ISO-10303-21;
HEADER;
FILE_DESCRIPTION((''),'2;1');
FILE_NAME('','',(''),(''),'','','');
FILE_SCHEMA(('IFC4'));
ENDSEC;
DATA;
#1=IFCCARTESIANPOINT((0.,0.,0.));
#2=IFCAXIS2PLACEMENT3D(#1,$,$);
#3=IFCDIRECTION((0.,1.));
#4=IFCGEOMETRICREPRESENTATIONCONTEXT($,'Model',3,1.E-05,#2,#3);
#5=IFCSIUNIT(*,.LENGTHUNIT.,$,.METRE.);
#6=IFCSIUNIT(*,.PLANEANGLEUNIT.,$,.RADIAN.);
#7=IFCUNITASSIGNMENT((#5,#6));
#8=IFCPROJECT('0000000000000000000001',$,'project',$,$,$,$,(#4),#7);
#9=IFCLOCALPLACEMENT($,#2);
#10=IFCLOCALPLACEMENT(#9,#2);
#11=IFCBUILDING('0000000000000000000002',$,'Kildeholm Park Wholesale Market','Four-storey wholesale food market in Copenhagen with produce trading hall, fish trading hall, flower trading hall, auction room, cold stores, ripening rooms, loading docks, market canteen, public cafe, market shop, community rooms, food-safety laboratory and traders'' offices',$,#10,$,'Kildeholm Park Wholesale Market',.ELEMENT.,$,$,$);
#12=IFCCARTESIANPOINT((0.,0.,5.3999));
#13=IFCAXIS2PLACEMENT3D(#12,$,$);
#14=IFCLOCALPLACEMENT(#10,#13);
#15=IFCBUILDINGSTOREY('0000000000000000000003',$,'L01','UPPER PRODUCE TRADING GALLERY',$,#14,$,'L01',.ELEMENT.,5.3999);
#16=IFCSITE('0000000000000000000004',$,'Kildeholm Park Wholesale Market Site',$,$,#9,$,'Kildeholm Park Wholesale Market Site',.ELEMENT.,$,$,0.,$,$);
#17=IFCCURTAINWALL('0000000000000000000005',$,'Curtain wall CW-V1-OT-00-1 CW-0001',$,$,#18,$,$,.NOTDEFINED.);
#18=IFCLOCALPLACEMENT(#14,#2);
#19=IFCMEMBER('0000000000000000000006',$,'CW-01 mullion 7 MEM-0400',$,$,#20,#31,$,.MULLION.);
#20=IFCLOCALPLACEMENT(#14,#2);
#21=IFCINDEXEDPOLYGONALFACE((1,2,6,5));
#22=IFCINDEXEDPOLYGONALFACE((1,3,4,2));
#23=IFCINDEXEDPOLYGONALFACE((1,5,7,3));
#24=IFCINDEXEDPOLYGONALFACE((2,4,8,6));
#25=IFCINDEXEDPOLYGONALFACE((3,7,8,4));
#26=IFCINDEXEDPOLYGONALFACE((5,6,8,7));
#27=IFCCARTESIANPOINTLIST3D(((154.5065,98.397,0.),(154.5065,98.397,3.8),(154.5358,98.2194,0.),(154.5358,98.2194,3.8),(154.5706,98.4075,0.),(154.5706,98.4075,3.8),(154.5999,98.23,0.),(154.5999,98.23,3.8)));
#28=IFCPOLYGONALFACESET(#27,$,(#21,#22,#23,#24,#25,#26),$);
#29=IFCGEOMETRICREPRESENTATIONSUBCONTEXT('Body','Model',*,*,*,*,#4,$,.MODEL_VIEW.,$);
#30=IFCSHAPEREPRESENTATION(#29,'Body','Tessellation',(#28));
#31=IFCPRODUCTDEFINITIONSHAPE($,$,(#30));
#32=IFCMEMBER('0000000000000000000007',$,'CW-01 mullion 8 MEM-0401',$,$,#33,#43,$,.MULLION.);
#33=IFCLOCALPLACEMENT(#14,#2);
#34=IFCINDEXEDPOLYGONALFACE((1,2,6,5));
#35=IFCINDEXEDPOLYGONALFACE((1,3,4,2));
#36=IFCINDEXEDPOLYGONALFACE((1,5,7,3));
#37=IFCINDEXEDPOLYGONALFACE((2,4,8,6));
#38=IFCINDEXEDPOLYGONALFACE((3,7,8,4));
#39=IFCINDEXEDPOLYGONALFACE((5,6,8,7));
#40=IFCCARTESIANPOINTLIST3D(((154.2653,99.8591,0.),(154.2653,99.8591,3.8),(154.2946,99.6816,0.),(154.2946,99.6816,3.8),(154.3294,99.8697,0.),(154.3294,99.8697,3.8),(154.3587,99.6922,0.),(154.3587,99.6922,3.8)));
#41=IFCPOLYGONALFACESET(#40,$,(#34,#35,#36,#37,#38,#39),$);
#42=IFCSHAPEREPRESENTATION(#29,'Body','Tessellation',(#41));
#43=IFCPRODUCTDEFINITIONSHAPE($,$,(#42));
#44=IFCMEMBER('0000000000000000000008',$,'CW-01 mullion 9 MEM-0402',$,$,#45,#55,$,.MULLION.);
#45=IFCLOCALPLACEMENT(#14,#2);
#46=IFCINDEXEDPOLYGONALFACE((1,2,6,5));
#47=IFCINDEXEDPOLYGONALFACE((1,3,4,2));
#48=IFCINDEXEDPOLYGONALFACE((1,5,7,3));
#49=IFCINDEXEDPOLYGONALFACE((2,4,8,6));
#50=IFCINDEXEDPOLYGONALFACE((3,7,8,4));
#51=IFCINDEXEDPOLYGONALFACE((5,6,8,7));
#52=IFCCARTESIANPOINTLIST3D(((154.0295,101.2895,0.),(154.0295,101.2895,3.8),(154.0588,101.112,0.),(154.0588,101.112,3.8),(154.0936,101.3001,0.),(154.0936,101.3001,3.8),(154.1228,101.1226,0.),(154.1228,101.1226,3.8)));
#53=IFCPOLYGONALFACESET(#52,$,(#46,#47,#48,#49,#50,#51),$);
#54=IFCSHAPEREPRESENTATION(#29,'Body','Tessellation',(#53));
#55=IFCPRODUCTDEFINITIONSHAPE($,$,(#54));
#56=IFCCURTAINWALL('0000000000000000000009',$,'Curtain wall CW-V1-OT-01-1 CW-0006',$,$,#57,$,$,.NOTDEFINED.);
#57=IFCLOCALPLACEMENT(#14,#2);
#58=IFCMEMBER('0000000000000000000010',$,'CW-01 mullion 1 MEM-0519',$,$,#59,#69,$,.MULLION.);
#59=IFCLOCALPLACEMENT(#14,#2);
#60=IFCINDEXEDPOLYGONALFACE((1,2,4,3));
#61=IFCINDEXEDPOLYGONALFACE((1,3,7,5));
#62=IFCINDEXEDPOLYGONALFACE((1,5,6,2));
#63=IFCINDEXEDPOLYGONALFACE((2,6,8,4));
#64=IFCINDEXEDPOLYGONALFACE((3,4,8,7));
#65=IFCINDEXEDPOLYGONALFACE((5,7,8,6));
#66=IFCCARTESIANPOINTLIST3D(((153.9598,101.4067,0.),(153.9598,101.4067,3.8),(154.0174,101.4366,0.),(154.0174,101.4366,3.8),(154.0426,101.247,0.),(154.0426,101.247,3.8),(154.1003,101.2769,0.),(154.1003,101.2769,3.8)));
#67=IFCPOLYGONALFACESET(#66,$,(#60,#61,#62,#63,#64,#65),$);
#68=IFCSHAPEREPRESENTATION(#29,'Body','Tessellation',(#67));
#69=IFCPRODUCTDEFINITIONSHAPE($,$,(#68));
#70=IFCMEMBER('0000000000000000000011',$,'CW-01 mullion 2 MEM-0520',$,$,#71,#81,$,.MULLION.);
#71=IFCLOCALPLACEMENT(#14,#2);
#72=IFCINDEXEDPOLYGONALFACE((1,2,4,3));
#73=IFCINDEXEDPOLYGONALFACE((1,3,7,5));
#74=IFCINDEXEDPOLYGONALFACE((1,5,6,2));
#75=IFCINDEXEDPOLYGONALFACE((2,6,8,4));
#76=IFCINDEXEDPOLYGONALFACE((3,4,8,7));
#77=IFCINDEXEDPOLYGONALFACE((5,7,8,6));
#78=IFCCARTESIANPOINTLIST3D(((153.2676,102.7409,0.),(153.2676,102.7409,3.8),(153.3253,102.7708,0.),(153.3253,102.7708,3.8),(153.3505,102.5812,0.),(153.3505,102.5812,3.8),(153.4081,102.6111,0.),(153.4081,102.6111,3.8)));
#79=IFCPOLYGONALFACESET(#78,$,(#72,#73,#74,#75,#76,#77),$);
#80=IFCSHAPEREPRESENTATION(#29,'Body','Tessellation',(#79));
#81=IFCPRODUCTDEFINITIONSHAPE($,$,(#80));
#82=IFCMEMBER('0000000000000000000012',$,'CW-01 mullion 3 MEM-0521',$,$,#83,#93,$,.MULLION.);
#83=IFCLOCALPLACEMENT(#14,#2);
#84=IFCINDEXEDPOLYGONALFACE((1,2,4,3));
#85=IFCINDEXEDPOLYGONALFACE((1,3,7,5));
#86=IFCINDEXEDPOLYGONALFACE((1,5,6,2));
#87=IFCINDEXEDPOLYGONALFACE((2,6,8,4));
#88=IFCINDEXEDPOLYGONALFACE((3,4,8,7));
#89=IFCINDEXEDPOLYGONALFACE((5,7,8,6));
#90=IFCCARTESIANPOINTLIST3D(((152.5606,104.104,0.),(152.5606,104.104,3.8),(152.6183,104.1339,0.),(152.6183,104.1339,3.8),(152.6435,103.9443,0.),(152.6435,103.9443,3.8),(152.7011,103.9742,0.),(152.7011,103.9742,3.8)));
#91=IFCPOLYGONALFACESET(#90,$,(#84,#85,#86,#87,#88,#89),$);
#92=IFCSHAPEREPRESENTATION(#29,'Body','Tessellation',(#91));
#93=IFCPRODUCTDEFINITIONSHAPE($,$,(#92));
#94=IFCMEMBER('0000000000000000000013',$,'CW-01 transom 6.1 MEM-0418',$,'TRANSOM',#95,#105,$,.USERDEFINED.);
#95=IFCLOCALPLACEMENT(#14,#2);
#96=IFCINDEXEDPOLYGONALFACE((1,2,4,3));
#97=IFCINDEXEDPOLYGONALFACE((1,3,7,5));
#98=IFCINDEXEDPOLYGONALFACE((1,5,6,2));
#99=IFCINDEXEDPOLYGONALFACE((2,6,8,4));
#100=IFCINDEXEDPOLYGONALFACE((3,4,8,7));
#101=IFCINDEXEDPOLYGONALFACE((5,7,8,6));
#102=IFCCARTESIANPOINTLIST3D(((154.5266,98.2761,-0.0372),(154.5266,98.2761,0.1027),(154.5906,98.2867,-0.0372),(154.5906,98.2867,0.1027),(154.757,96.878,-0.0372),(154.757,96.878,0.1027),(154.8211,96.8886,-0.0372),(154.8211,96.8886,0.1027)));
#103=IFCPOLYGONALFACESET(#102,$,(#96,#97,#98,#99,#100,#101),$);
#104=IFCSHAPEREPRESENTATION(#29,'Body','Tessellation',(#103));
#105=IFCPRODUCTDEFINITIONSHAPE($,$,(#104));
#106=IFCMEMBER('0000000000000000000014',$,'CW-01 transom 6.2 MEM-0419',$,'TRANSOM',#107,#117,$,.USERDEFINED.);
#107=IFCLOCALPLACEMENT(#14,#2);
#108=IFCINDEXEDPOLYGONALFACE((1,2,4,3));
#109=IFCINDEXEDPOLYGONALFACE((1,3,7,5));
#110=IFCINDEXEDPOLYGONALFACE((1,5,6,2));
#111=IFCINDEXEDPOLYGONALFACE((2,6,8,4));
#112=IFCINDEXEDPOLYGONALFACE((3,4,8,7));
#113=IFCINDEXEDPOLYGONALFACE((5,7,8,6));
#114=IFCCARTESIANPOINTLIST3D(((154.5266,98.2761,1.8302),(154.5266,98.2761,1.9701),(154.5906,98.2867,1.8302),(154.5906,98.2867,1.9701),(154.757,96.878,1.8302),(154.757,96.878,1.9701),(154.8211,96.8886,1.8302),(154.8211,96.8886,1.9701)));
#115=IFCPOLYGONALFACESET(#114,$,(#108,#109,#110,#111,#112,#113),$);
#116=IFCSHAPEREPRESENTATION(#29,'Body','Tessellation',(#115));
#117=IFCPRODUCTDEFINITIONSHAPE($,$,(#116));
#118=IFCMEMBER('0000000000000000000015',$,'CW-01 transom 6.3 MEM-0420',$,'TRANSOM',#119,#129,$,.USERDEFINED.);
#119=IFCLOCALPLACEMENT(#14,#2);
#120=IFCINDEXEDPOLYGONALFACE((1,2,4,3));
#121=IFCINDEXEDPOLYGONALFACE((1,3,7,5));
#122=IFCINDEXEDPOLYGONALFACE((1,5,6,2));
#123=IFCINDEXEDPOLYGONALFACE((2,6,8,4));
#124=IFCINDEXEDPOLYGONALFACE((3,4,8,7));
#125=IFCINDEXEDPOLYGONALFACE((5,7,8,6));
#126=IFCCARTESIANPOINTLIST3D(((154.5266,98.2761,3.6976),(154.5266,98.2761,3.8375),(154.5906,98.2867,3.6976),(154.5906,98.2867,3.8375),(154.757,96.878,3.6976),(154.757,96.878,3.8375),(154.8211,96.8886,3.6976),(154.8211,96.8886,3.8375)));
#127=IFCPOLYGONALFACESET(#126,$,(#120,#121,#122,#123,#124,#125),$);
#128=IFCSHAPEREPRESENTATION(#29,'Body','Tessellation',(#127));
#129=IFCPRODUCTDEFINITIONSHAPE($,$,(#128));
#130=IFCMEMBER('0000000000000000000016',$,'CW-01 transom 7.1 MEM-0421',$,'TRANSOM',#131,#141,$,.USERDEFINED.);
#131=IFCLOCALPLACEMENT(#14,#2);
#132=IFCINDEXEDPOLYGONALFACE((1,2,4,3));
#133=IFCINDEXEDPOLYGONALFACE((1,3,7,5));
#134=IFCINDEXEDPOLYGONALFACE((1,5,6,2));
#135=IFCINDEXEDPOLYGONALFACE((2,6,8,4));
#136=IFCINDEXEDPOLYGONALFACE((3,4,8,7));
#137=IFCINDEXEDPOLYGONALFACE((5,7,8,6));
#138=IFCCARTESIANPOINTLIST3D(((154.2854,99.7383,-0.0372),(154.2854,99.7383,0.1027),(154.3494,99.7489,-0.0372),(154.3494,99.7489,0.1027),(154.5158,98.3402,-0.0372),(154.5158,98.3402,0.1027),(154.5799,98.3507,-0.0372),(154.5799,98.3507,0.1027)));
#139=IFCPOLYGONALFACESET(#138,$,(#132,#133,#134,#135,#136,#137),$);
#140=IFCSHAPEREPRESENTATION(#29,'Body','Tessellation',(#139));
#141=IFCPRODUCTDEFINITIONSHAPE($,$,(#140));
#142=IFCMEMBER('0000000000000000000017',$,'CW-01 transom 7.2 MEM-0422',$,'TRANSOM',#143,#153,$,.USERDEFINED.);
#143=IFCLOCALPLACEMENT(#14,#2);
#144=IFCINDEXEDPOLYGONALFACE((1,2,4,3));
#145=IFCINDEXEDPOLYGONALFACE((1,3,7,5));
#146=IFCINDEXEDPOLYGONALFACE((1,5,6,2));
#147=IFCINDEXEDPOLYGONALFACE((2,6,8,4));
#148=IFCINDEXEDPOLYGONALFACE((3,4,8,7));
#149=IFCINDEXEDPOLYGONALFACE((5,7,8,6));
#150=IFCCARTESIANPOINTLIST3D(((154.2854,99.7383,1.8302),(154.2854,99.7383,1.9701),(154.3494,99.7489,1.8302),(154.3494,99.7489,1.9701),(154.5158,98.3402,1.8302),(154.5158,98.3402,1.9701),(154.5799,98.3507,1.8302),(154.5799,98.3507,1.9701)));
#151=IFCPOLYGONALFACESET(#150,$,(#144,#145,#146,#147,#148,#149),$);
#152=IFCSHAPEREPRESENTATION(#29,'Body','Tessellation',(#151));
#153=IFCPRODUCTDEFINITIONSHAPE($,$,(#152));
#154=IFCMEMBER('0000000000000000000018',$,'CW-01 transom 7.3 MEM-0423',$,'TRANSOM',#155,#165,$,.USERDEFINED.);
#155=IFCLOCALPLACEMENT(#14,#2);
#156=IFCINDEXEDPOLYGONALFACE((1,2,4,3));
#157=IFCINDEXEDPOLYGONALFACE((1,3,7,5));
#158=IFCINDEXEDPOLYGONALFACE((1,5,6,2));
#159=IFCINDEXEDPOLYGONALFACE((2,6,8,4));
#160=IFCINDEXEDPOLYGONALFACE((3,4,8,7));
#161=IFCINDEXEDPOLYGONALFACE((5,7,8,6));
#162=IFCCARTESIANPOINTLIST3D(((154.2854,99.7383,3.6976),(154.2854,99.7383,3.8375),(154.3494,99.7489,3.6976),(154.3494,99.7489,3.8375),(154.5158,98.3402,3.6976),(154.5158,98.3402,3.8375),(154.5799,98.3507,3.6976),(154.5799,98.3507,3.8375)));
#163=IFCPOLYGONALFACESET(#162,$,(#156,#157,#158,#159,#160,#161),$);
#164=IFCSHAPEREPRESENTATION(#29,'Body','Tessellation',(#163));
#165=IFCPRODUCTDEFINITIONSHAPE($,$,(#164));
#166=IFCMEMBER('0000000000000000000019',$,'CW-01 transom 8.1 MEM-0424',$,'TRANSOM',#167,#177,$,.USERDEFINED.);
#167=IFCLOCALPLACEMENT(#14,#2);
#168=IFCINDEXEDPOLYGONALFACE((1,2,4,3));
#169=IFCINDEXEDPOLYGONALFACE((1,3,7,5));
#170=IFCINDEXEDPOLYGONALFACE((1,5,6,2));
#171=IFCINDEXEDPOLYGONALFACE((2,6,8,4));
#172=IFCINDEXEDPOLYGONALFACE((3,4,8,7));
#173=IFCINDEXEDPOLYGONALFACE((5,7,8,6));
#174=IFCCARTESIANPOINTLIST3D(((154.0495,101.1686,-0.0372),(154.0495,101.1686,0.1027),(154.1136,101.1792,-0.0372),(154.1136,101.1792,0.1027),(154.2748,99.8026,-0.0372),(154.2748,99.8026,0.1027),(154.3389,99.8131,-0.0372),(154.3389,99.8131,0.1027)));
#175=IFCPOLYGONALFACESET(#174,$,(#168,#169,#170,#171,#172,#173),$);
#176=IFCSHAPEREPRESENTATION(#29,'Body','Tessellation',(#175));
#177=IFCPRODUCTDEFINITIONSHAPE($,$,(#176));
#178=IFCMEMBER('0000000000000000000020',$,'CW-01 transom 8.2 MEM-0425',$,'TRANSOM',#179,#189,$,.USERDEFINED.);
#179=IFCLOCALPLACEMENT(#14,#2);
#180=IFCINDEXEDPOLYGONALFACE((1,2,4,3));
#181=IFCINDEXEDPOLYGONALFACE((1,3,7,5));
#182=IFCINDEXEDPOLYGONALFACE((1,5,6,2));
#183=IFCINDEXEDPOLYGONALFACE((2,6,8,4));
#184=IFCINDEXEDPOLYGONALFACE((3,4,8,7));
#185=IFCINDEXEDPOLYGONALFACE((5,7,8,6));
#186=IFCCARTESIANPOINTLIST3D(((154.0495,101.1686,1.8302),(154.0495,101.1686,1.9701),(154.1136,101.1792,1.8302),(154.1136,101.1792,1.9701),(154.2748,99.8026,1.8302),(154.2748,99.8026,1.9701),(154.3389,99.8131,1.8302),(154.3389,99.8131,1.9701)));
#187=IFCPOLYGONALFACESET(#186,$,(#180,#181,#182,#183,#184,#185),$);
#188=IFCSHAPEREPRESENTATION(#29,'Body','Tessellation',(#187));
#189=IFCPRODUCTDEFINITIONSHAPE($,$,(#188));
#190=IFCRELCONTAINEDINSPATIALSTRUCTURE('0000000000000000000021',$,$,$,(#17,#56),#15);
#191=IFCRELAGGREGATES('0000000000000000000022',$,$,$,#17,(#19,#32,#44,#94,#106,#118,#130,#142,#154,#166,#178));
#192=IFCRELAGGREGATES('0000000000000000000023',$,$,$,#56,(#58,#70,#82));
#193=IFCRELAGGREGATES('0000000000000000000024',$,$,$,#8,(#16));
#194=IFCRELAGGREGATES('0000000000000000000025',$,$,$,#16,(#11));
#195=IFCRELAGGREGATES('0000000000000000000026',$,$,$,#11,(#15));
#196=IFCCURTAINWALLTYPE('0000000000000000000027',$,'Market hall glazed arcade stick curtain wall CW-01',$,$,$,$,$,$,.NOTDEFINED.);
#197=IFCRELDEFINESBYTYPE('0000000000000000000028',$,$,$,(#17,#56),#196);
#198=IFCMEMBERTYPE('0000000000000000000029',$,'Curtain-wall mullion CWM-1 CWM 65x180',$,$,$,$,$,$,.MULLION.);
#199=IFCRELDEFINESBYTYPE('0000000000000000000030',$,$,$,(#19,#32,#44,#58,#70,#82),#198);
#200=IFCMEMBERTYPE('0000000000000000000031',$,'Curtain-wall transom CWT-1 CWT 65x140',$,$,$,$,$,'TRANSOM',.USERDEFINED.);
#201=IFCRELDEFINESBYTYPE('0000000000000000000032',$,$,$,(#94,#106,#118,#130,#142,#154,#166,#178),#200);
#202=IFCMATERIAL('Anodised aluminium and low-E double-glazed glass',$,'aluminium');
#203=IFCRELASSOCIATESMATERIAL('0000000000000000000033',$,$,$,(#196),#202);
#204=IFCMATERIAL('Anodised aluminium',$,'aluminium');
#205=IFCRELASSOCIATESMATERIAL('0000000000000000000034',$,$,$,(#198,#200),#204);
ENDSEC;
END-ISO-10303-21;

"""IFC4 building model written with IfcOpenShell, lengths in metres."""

from ifc_helpers import new_model, si_unit, direction, frame, origin, origin_2d, place, context, subcontext, project, spatial, rectangle, extrude, material, material_profile, profile_set, type_object, element, aggregate, save


model = new_model("IFC4")

# Units and contexts
model_context = context("Model", 3, precision=1e-05, world=origin(), true_north=direction((0.0, 1.0)))
body_context = subcontext(model_context, "Body", "Model", "MODEL_VIEW")
ifc_project = project(units=[si_unit("LENGTHUNIT", "METRE"), si_unit("PLANEANGLEUNIT", "RADIAN")], contexts=[model_context])

# Site, building, storey
site_placement = place(None, origin())
site = spatial("IfcSite", under=ifc_project, at=site_placement, Name="Kildeholm Park Wholesale Market Site", LongName="Kildeholm Park Wholesale Market Site", CompositionType="ELEMENT", RefElevation=0.0)
building_placement = place(site_placement, origin())
building = spatial("IfcBuilding", under=site, at=building_placement, Name="Kildeholm Park Wholesale Market", Description="Four-storey wholesale food market in Copenhagen with produce trading hall, fish trading hall, flower trading hall, auction room, cold stores, ripening rooms, loading docks, market canteen, public cafe, market shop, community rooms, food-safety laboratory and traders' offices", LongName="Kildeholm Park Wholesale Market", CompositionType="ELEMENT")
storey_placement = place(building_placement, frame((0.0, 0.0, 5.3999)))
storey = spatial("IfcBuildingStorey", under=building, at=storey_placement, Name="L01", Description="UPPER PRODUCE TRADING GALLERY", LongName="L01", CompositionType="ELEMENT", Elevation=5.3999)

# Curtain walls, members
ifc_material_1 = material(Name="Anodised aluminium and low-E double-glazed glass", Category="aluminium")
curtain_wall_type = type_object("IfcCurtainWallType", Name="Market hall glazed arcade stick curtain wall CW-01", PredefinedType="NOTDEFINED", material=ifc_material_1)
curtain_wall_1_placement = place(storey_placement, origin())
curtain_wall_1 = element("IfcCurtainWall", 1, at=curtain_wall_1_placement, inside=storey, type_object=curtain_wall_type, Name="Curtain wall CW-V1-OT-00-1 CW-0001", PredefinedType="NOTDEFINED")
ifc_material_2 = material(Name="Anodised aluminium", Category="aluminium")
ifc_material_profile_1 = material_profile(ifc_material_2, rectangle(XDim=0.0649, YDim=0.1799, at=origin_2d()), Name="CWM 65x180")
ifc_profile_set_1 = profile_set([ifc_material_profile_1], Name="Anodised aluminium")
member_type_1 = type_object("IfcMemberType", Name="Curtain-wall mullion CWM-1 CWM 65x180", PredefinedType="MULLION", material=ifc_profile_set_1)
member_1_placement = place(storey_placement, frame((154.5532, 98.3135, 0.0), z_axis=(0.0, 0.0, 1.0), x_axis=(-0.986675, -0.162703, 0.0)))
member_1 = element("IfcMember", 2, at=member_1_placement, type_object=member_type_1, Name="CW-01 mullion 7 MEM-0400", PredefinedType="MULLION", context=body_context, shape_type="SweptSolid", body=[
    extrude(rectangle(XDim=0.0649, YDim=0.1799, at=origin_2d()), origin(), (0.0, 0.0, 1.0), 3.8),
])
member_2_placement = place(storey_placement, frame((154.312, 99.7756, 0.0), z_axis=(0.0, 0.0, 1.0), x_axis=(-0.986675, -0.162703, 0.0)))
member_2 = element("IfcMember", 3, at=member_2_placement, type_object=member_type_1, Name="CW-01 mullion 8 MEM-0401", PredefinedType="MULLION", context=body_context, shape_type="SweptSolid", body=[
    extrude(rectangle(XDim=0.0649, YDim=0.1799, at=origin_2d()), origin(), (0.0, 0.0, 1.0), 3.8),
])
member_3_placement = place(storey_placement, frame((154.0762, 101.2061, 0.0), z_axis=(0.0, 0.0, 1.0), x_axis=(-0.986675, -0.162703, 0.0)))
member_3 = element("IfcMember", 4, at=member_3_placement, type_object=member_type_1, Name="CW-01 mullion 9 MEM-0402", PredefinedType="MULLION", context=body_context, shape_type="SweptSolid", body=[
    extrude(rectangle(XDim=0.0649, YDim=0.1799, at=origin_2d()), origin(), (0.0, 0.0, 1.0), 3.8),
])
curtain_wall_2_placement = place(storey_placement, origin())
curtain_wall_2 = element("IfcCurtainWall", 5, at=curtain_wall_2_placement, inside=storey, type_object=curtain_wall_type, Name="Curtain wall CW-V1-OT-01-1 CW-0006", PredefinedType="NOTDEFINED")
member_4_placement = place(storey_placement, frame((154.03, 101.3418, 0.0), z_axis=(0.0, 0.0, 1.0), x_axis=(-0.887652, -0.460514, 0.0)))
member_4 = element("IfcMember", 6, at=member_4_placement, type_object=member_type_1, Name="CW-01 mullion 1 MEM-0519", PredefinedType="MULLION", context=body_context, shape_type="SweptSolid", body=[
    extrude(rectangle(XDim=0.0649, YDim=0.1799, at=origin_2d()), origin(), (0.0, 0.0, 1.0), 3.8),
])
member_5_placement = place(storey_placement, frame((153.3379, 102.676, 0.0), z_axis=(0.0, 0.0, 1.0), x_axis=(-0.887652, -0.460514, 0.0)))
member_5 = element("IfcMember", 7, at=member_5_placement, type_object=member_type_1, Name="CW-01 mullion 2 MEM-0520", PredefinedType="MULLION", context=body_context, shape_type="SweptSolid", body=[
    extrude(rectangle(XDim=0.0649, YDim=0.1799, at=origin_2d()), origin(), (0.0, 0.0, 1.0), 3.8),
])
member_6_placement = place(storey_placement, frame((152.6309, 104.0391, 0.0), z_axis=(0.0, 0.0, 1.0), x_axis=(-0.887652, -0.460514, 0.0)))
member_6 = element("IfcMember", 8, at=member_6_placement, type_object=member_type_1, Name="CW-01 mullion 3 MEM-0521", PredefinedType="MULLION", context=body_context, shape_type="SweptSolid", body=[
    extrude(rectangle(XDim=0.0649, YDim=0.1799, at=origin_2d()), origin(), (0.0, 0.0, 1.0), 3.8),
])

# Members
ifc_material_profile_2 = material_profile(ifc_material_2, rectangle(XDim=0.0649, YDim=0.1399, at=origin_2d()), Name="CWT 65x140")
ifc_profile_set_2 = profile_set([ifc_material_profile_2], Name="Anodised aluminium")
member_type_2 = type_object("IfcMemberType", Name="Curtain-wall transom CWT-1 CWT 65x140", ElementType="TRANSOM", PredefinedType="USERDEFINED", material=ifc_profile_set_2)
member_7_placement = place(storey_placement, frame((154.7891, 96.8833, 0.0327), z_axis=(-0.162639, 0.986686, 0.0), x_axis=(-0.986686, -0.162639, 0.0)))
member_7 = element("IfcMember", 9, at=member_7_placement, type_object=member_type_2, Name="CW-01 transom 6.1 MEM-0418", ObjectType="TRANSOM", PredefinedType="USERDEFINED", context=body_context, shape_type="SweptSolid", body=[
    extrude(rectangle(XDim=0.0649, YDim=0.1399, at=origin_2d()), origin(), (0.0, 0.0, 1.0), 1.417),
])
member_8_placement = place(storey_placement, frame((154.7891, 96.8833, 1.9001), z_axis=(-0.162639, 0.986686, 0.0), x_axis=(-0.986686, -0.162639, 0.0)))
member_8 = element("IfcMember", 10, at=member_8_placement, type_object=member_type_2, Name="CW-01 transom 6.2 MEM-0419", ObjectType="TRANSOM", PredefinedType="USERDEFINED", context=body_context, shape_type="SweptSolid", body=[
    extrude(rectangle(XDim=0.0649, YDim=0.1399, at=origin_2d()), origin(), (0.0, 0.0, 1.0), 1.417),
])
member_9_placement = place(storey_placement, frame((154.7891, 96.8833, 3.7676), z_axis=(-0.162639, 0.986686, 0.0), x_axis=(-0.986686, -0.162639, 0.0)))
member_9 = element("IfcMember", 11, at=member_9_placement, type_object=member_type_2, Name="CW-01 transom 6.3 MEM-0420", ObjectType="TRANSOM", PredefinedType="USERDEFINED", context=body_context, shape_type="SweptSolid", body=[
    extrude(rectangle(XDim=0.0649, YDim=0.1399, at=origin_2d()), origin(), (0.0, 0.0, 1.0), 1.417),
])
member_10_placement = place(storey_placement, frame((154.5479, 98.3455, 0.0327), z_axis=(-0.162639, 0.986686, 0.0), x_axis=(-0.986686, -0.162639, 0.0)))
member_10 = element("IfcMember", 12, at=member_10_placement, type_object=member_type_2, Name="CW-01 transom 7.1 MEM-0421", ObjectType="TRANSOM", PredefinedType="USERDEFINED", context=body_context, shape_type="SweptSolid", body=[
    extrude(rectangle(XDim=0.0649, YDim=0.1399, at=origin_2d()), origin(), (0.0, 0.0, 1.0), 1.417),
])
member_11_placement = place(storey_placement, frame((154.5479, 98.3455, 1.9001), z_axis=(-0.162639, 0.986686, 0.0), x_axis=(-0.986686, -0.162639, 0.0)))
member_11 = element("IfcMember", 13, at=member_11_placement, type_object=member_type_2, Name="CW-01 transom 7.2 MEM-0422", ObjectType="TRANSOM", PredefinedType="USERDEFINED", context=body_context, shape_type="SweptSolid", body=[
    extrude(rectangle(XDim=0.0649, YDim=0.1399, at=origin_2d()), origin(), (0.0, 0.0, 1.0), 1.417),
])
member_12_placement = place(storey_placement, frame((154.5479, 98.3455, 3.7676), z_axis=(-0.162639, 0.986686, 0.0), x_axis=(-0.986686, -0.162639, 0.0)))
member_12 = element("IfcMember", 14, at=member_12_placement, type_object=member_type_2, Name="CW-01 transom 7.3 MEM-0423", ObjectType="TRANSOM", PredefinedType="USERDEFINED", context=body_context, shape_type="SweptSolid", body=[
    extrude(rectangle(XDim=0.0649, YDim=0.1399, at=origin_2d()), origin(), (0.0, 0.0, 1.0), 1.417),
])
member_13_placement = place(storey_placement, frame((154.3069, 99.8079, 0.0327), z_axis=(-0.162769, 0.986664, 0.0), x_axis=(-0.986664, -0.162769, 0.0)))
member_13 = element("IfcMember", 15, at=member_13_placement, type_object=member_type_2, Name="CW-01 transom 8.1 MEM-0424", ObjectType="TRANSOM", PredefinedType="USERDEFINED", context=body_context, shape_type="SweptSolid", body=[
    extrude(rectangle(XDim=0.0649, YDim=0.1399, at=origin_2d()), origin(), (0.0, 0.0, 1.0), 1.3845),
])
member_14_placement = place(storey_placement, frame((154.3069, 99.8079, 1.9001), z_axis=(-0.162769, 0.986664, 0.0), x_axis=(-0.986664, -0.162769, 0.0)))
member_14 = element("IfcMember", 16, at=member_14_placement, type_object=member_type_2, Name="CW-01 transom 8.2 MEM-0425", ObjectType="TRANSOM", PredefinedType="USERDEFINED", context=body_context, shape_type="SweptSolid", body=[
    extrude(rectangle(XDim=0.0649, YDim=0.1399, at=origin_2d()), origin(), (0.0, 0.0, 1.0), 1.3845),
])

aggregate(curtain_wall_1, [member_1, member_2, member_3, member_7, member_8, member_9, member_10, member_11, member_12, member_13, member_14])
aggregate(curtain_wall_2, [member_4, member_5, member_6])

save(model, "model.ifc")
